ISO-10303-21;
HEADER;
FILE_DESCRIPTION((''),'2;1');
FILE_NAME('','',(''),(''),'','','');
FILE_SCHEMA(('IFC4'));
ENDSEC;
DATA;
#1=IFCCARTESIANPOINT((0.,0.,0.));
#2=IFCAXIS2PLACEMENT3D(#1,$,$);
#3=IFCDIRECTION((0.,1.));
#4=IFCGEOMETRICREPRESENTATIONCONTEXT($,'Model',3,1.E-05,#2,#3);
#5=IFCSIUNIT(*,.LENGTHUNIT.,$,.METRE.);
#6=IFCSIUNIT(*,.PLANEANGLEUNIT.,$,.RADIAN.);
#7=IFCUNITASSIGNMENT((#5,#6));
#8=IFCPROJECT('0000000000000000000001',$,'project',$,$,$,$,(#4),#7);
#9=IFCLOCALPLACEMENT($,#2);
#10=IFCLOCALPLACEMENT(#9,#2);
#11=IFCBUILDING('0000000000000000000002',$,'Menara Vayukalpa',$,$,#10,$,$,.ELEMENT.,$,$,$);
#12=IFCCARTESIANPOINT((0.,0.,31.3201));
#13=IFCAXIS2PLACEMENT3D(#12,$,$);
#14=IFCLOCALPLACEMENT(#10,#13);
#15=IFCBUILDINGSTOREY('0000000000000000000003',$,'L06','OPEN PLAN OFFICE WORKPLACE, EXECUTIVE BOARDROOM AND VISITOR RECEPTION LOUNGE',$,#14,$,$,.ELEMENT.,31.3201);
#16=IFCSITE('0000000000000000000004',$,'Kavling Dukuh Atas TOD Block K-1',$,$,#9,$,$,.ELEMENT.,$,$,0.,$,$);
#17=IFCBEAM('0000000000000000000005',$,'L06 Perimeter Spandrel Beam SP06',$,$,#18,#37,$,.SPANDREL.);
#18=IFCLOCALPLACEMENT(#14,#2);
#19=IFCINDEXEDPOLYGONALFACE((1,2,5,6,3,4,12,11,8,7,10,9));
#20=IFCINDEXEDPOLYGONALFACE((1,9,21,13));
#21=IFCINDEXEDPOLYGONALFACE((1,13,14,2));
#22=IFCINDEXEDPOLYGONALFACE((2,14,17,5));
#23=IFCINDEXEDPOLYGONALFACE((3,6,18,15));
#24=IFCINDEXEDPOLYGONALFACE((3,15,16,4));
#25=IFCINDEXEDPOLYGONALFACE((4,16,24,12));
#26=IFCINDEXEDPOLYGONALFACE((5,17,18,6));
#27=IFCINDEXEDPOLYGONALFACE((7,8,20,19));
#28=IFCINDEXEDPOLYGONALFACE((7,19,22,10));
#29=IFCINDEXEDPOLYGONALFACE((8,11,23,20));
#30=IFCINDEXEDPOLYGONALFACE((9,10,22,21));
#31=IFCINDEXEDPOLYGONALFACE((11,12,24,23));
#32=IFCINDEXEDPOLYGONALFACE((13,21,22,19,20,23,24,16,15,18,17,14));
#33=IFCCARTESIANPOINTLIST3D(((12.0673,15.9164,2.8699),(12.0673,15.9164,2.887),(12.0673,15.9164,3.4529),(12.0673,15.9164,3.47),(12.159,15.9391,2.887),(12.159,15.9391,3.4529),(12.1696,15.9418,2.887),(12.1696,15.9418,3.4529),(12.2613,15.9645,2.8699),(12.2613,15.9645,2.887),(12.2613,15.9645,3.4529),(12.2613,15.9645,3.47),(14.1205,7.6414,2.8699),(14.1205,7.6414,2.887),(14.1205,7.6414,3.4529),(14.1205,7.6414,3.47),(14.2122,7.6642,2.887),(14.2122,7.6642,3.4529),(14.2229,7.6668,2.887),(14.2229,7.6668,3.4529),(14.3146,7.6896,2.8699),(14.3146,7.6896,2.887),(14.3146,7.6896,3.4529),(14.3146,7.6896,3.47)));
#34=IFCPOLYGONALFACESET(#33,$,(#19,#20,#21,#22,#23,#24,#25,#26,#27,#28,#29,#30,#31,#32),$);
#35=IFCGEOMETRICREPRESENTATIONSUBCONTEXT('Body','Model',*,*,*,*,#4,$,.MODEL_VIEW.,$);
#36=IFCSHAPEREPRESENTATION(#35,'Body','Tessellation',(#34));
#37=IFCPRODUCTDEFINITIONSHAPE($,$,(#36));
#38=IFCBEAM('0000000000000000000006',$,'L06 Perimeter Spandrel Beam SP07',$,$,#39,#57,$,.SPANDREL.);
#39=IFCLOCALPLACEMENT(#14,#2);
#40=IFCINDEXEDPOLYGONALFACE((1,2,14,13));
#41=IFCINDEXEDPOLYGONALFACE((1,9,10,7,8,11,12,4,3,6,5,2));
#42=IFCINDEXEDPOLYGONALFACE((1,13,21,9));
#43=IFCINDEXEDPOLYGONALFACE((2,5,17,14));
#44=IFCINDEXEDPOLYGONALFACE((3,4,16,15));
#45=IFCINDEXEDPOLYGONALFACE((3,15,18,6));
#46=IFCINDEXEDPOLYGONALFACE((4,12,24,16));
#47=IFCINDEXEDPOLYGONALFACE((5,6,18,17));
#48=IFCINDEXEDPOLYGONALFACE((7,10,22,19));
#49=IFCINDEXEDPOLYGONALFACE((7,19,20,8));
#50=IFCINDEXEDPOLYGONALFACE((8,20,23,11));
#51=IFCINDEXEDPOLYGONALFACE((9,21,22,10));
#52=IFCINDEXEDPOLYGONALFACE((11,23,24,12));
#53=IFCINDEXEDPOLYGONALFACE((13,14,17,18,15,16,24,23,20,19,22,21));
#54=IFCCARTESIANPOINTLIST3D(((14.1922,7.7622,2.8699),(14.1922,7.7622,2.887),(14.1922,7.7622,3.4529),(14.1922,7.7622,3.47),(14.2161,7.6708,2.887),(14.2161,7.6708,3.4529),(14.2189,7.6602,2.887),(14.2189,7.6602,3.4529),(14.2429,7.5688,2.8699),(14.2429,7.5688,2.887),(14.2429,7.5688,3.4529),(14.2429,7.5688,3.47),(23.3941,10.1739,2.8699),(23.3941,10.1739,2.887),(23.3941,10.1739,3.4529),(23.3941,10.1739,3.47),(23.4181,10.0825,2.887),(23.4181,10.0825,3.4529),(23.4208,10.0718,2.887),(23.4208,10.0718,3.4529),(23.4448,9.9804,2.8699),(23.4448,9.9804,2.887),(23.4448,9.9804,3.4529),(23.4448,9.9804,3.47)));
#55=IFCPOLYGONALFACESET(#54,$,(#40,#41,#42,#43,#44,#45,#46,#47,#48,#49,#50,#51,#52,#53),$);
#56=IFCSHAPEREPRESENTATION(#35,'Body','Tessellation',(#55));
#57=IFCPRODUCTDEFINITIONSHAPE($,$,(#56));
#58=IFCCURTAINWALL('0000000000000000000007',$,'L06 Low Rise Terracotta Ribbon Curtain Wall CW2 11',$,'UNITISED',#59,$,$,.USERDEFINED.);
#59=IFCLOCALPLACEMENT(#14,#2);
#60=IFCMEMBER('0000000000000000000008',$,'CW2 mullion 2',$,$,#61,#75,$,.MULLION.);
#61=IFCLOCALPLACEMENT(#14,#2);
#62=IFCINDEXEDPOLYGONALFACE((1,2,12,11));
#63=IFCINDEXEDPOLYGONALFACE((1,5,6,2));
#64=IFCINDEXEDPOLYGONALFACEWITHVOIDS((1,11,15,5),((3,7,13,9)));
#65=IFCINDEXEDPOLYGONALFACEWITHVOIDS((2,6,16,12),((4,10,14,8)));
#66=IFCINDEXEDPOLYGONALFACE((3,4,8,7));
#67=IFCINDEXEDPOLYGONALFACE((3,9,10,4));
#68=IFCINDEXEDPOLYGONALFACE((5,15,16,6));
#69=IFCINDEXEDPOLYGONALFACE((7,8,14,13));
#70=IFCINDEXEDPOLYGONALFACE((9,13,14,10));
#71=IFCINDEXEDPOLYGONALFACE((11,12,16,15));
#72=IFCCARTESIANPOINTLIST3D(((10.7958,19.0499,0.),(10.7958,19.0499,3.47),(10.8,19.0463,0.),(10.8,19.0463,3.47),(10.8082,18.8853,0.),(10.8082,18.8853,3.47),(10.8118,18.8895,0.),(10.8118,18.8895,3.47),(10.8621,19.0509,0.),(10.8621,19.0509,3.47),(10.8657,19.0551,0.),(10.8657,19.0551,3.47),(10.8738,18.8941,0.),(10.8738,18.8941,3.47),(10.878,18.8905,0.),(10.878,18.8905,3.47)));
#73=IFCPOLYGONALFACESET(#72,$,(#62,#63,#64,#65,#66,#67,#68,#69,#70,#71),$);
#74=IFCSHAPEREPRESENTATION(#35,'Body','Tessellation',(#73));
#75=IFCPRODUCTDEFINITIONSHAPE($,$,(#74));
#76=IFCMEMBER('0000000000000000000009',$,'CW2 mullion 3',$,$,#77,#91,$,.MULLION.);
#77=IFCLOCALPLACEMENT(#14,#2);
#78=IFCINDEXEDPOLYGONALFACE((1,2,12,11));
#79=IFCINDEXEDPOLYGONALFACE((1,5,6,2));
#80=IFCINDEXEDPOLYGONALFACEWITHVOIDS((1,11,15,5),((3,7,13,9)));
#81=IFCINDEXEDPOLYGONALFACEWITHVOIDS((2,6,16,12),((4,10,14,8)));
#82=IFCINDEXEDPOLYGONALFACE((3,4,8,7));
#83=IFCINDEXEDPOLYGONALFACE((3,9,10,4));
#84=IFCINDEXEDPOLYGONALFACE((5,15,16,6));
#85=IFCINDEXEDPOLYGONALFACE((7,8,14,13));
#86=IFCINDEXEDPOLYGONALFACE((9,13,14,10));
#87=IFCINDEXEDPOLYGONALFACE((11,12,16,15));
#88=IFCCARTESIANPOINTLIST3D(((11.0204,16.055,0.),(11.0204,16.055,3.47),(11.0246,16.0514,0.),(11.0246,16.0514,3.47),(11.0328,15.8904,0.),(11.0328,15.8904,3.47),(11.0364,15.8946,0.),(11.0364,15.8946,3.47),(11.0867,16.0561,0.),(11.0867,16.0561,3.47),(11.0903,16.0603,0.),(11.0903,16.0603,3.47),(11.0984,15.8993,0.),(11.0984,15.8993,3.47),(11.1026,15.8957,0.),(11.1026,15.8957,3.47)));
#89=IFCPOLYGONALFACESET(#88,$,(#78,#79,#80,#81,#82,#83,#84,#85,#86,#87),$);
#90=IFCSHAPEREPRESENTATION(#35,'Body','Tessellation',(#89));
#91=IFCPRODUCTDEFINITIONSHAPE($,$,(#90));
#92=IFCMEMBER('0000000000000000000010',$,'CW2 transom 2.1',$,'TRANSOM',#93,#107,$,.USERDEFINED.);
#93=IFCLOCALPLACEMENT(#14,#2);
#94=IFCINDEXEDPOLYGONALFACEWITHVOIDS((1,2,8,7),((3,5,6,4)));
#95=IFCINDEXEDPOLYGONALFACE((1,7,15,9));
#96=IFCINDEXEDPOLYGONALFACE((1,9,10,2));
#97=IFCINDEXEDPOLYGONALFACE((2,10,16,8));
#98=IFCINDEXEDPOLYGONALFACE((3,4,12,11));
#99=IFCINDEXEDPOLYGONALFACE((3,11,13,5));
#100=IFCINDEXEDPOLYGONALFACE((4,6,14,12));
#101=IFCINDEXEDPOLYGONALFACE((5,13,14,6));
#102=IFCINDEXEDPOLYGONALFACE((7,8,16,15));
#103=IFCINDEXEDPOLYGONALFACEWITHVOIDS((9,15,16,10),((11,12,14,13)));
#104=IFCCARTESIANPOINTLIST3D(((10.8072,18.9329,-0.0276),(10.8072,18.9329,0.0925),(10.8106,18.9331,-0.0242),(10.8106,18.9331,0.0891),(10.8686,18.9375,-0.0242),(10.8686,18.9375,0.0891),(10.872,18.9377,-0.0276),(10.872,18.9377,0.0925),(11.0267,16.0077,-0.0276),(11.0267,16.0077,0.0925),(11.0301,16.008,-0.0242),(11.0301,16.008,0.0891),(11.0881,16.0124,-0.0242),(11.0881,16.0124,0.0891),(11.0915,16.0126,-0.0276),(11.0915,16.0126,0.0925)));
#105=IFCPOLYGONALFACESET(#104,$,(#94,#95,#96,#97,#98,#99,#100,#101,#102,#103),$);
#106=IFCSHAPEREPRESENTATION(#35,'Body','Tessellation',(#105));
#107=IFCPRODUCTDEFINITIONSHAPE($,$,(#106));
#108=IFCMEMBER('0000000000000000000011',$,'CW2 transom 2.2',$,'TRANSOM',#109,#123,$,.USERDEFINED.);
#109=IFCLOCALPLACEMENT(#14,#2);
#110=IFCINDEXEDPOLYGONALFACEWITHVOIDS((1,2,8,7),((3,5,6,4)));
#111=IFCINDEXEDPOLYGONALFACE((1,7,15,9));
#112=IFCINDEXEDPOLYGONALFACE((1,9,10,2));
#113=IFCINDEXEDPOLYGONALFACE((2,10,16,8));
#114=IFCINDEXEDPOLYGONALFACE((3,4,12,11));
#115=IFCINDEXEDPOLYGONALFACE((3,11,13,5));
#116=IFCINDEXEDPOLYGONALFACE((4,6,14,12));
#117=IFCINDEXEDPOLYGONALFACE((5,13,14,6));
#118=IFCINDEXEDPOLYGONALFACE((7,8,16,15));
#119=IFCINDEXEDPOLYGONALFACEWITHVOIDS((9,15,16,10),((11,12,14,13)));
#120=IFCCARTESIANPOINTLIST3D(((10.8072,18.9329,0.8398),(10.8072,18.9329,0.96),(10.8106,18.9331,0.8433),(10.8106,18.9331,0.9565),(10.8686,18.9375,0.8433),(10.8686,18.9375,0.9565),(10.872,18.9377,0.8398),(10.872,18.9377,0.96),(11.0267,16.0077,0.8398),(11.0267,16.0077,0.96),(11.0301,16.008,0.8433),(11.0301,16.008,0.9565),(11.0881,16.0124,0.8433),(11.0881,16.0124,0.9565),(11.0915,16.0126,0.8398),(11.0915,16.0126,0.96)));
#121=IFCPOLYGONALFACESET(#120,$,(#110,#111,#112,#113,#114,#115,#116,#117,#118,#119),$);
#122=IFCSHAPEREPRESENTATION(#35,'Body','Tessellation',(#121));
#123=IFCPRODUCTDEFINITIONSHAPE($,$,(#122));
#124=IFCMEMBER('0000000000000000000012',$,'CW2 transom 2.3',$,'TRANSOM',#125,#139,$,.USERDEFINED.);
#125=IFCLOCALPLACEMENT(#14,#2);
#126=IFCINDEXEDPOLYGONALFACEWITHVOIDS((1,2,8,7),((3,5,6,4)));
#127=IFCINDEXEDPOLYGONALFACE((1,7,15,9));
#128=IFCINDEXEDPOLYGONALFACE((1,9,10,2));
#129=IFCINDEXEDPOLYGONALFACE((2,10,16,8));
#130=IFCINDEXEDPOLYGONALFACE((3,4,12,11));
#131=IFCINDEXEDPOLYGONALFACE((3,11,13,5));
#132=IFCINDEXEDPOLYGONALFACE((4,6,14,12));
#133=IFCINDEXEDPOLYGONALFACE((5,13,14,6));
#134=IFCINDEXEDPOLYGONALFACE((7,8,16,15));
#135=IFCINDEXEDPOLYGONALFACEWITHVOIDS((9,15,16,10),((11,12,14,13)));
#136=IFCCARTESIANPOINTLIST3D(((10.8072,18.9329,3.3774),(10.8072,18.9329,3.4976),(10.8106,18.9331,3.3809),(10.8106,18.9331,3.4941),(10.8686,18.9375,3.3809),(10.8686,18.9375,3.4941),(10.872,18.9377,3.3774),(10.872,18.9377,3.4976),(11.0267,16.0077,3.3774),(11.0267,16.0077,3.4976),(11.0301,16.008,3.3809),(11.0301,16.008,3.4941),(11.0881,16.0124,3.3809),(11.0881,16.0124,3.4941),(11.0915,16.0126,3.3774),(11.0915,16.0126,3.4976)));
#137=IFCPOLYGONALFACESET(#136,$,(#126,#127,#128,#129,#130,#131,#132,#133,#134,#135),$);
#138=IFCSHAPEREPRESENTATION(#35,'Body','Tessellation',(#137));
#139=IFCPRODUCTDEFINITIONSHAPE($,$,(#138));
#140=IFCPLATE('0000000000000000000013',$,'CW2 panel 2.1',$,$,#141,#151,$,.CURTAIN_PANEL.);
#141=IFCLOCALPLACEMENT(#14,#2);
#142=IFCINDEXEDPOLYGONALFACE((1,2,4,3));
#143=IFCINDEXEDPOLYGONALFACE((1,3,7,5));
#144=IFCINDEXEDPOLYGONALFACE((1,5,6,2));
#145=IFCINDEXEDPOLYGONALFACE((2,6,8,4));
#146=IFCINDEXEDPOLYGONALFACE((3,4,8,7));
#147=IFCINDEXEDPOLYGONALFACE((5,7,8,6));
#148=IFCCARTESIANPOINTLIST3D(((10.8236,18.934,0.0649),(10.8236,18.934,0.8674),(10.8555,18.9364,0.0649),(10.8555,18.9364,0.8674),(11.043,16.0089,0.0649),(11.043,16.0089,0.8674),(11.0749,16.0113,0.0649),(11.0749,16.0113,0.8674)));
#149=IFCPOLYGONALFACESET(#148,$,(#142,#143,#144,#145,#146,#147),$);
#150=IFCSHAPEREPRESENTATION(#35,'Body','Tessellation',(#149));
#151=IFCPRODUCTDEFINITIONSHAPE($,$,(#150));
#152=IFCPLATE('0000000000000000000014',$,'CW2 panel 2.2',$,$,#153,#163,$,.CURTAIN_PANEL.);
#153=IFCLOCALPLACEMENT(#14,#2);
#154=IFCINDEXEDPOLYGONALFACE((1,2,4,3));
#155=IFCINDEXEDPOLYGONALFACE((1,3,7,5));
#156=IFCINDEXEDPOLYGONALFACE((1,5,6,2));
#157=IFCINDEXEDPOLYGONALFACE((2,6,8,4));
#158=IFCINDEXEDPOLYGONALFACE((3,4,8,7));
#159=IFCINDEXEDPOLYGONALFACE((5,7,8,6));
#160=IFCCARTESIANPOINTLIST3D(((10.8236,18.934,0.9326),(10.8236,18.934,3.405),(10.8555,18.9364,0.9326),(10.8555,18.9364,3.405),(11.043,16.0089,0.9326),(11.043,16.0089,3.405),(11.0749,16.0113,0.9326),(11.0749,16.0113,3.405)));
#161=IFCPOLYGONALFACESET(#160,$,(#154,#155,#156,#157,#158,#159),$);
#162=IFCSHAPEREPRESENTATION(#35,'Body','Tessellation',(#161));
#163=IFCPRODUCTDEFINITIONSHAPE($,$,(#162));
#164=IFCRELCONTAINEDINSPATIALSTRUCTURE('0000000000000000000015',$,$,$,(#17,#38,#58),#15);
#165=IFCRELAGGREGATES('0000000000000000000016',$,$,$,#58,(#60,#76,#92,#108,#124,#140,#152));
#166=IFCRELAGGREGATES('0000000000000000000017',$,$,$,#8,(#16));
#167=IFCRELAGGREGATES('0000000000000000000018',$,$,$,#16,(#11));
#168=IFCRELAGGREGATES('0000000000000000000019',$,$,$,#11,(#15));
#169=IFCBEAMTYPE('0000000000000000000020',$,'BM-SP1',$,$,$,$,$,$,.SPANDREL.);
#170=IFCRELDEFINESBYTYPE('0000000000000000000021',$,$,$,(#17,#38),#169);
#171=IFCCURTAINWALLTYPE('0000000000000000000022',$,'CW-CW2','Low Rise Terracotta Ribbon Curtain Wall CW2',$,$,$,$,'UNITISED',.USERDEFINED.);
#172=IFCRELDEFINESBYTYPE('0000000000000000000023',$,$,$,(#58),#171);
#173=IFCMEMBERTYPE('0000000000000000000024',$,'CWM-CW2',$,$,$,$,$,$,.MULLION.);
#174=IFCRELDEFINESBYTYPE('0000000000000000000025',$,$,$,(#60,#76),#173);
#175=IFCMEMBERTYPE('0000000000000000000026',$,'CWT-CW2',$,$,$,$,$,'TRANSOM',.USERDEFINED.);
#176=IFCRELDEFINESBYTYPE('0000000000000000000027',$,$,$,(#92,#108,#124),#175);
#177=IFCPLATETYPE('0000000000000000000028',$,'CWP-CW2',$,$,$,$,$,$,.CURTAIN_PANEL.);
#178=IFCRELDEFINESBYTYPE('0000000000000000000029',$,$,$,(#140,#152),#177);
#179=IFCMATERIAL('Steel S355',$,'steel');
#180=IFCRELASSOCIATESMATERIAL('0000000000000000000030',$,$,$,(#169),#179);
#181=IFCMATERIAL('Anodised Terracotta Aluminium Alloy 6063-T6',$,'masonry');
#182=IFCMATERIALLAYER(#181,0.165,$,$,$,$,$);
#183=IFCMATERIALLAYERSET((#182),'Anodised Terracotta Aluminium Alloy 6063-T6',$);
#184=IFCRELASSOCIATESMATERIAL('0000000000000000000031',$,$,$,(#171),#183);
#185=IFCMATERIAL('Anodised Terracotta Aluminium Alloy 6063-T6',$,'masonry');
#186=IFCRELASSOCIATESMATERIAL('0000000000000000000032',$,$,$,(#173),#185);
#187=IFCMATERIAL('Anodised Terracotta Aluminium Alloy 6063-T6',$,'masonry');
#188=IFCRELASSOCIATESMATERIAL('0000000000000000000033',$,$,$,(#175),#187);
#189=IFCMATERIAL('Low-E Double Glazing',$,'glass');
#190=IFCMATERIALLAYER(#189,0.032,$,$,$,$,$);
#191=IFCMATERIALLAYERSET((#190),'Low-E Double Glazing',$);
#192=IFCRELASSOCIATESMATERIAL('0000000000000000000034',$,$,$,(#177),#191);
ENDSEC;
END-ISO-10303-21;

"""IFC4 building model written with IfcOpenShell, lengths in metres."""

from ifc_helpers import new_model, si_unit, direction, frame, origin, origin_2d, place, context, subcontext, project, spatial, rectangle, hollow_rectangle, i_section, extrude, material, layer, layer_set, material_profile, profile_set, type_object, element, aggregate, save


model = new_model("IFC4")

# Units and contexts
model_context = context("Model", 3, precision=1e-05, world=origin(), true_north=direction((0.0, 1.0)))
body_context = subcontext(model_context, "Body", "Model", "MODEL_VIEW")
ifc_project = project(units=[si_unit("LENGTHUNIT", "METRE"), si_unit("PLANEANGLEUNIT", "RADIAN")], contexts=[model_context])

# Site, building, storey
site_placement = place(None, origin())
site = spatial("IfcSite", under=ifc_project, at=site_placement, Name="Kavling Dukuh Atas TOD Block K-1", CompositionType="ELEMENT", RefElevation=0.0)
building_placement = place(site_placement, origin())
building = spatial("IfcBuilding", under=site, at=building_placement, Name="Menara Vayukalpa", CompositionType="ELEMENT")
storey_placement = place(building_placement, frame((0.0, 0.0, 31.3201)))
storey = spatial("IfcBuildingStorey", under=building, at=storey_placement, Name="L06", Description="OPEN PLAN OFFICE WORKPLACE, EXECUTIVE BOARDROOM AND VISITOR RECEPTION LOUNGE", CompositionType="ELEMENT", Elevation=31.3201)

# Beams
ifc_material_1 = material(Name="Steel S355", Category="steel")
ifc_material_profile_1 = material_profile(ifc_material_1, i_section(OverallWidth=0.2, OverallDepth=0.6001, WebThickness=0.011, FlangeThickness=0.0171, at=origin_2d()), Name="WF 600x200x11x17")
ifc_profile_set_1 = profile_set([ifc_material_profile_1], Name="Steel S355")
beam_type_1 = type_object("IfcBeamType", Name="BM-SP1", PredefinedType="SPANDREL", material=ifc_profile_set_1)
beam_1_placement = place(storey_placement, frame((12.1643, 15.9404, 3.1699), z_axis=(0.240824, -0.970569, 0.0), x_axis=(0.970569, 0.240824, 0.0)))
element("IfcBeam", 1, at=beam_1_placement, inside=storey, type_object=beam_type_1, Name="L06 Perimeter Spandrel Beam SP06", PredefinedType="SPANDREL", context=body_context, shape_type="SweptSolid", body=[
    extrude(i_section(OverallWidth=0.2, OverallDepth=0.6001, WebThickness=0.011, FlangeThickness=0.0171, at=origin_2d()), origin(), (0.0, 0.0, 1.0), 8.5259),
])
beam_2_placement = place(storey_placement, frame((14.2175, 7.6655, 3.1699), z_axis=(0.967331, 0.253517, 0.0), x_axis=(-0.253517, 0.967331, 0.0)))
element("IfcBeam", 2, at=beam_2_placement, inside=storey, type_object=beam_type_1, Name="L06 Perimeter Spandrel Beam SP07", PredefinedType="SPANDREL", context=body_context, shape_type="SweptSolid", body=[
    extrude(i_section(OverallWidth=0.2, OverallDepth=0.6001, WebThickness=0.011, FlangeThickness=0.0171, at=origin_2d()), origin(), (0.0, 0.0, 1.0), 9.5127),
])

# Curtain wall, members, plates
ifc_material_2 = material(Name="Anodised Terracotta Aluminium Alloy 6063-T6", Category="masonry")
ifc_layer_1 = layer(ifc_material_2, 0.165)
ifc_layer_set_1 = layer_set([ifc_layer_1], Name="Anodised Terracotta Aluminium Alloy 6063-T6")
curtain_wall_type = type_object("IfcCurtainWallType", Name="CW-CW2", Description="Low Rise Terracotta Ribbon Curtain Wall CW2", ElementType="UNITISED", PredefinedType="USERDEFINED", material=ifc_layer_set_1)
curtain_wall_placement = place(storey_placement, origin())
curtain_wall = element("IfcCurtainWall", 3, at=curtain_wall_placement, inside=storey, type_object=curtain_wall_type, Name="L06 Low Rise Terracotta Ribbon Curtain Wall CW2 11", ObjectType="UNITISED", PredefinedType="USERDEFINED")
ifc_material_3 = material(Name="Anodised Terracotta Aluminium Alloy 6063-T6", Category="masonry")
ifc_material_profile_2 = material_profile(ifc_material_3, hollow_rectangle(XDim=0.0701, YDim=0.165, WallThickness=0.0039, at=origin_2d()), Name="ALU 70x165x4")
ifc_profile_set_2 = profile_set([ifc_material_profile_2], Name="Anodised Terracotta Aluminium Alloy 6063-T6")
member_type_1 = type_object("IfcMemberType", Name="CWM-CW2", PredefinedType="MULLION", material=ifc_profile_set_2)
member_1_placement = place(storey_placement, frame((10.8369, 18.9702, 0.0), z_axis=(0.0, 0.0, 1.0), x_axis=(0.997199, 0.074795, 0.0)))
member_1 = element("IfcMember", 4, at=member_1_placement, type_object=member_type_1, Name="CW2 mullion 2", PredefinedType="MULLION", context=body_context, shape_type="SweptSolid", body=[
    extrude(hollow_rectangle(XDim=0.0701, YDim=0.165, WallThickness=0.0039, at=origin_2d()), origin(), (0.0, 0.0, 1.0), 3.47),
])
member_2_placement = place(storey_placement, frame((11.0615, 15.9753, 0.0), z_axis=(0.0, 0.0, 1.0), x_axis=(0.997199, 0.074795, 0.0)))
member_2 = element("IfcMember", 5, at=member_2_placement, type_object=member_type_1, Name="CW2 mullion 3", PredefinedType="MULLION", context=body_context, shape_type="SweptSolid", body=[
    extrude(hollow_rectangle(XDim=0.0701, YDim=0.165, WallThickness=0.0039, at=origin_2d()), origin(), (0.0, 0.0, 1.0), 3.47),
])
ifc_material_4 = material(Name="Anodised Terracotta Aluminium Alloy 6063-T6", Category="masonry")
ifc_material_profile_3 = material_profile(ifc_material_4, hollow_rectangle(XDim=0.0649, YDim=0.1201, WallThickness=0.0034, at=origin_2d()), Name="ALU 65x120x3.5")
ifc_profile_set_3 = profile_set([ifc_material_profile_3], Name="Anodised Terracotta Aluminium Alloy 6063-T6")
member_type_2 = type_object("IfcMemberType", Name="CWT-CW2", ElementType="TRANSOM", PredefinedType="USERDEFINED", material=ifc_profile_set_3)
member_3_placement = place(storey_placement, frame((10.8396, 18.9353, 0.0325), z_axis=(0.074825, -0.997197, 0.0), x_axis=(0.997197, 0.074825, 0.0)))
member_3 = element("IfcMember", 6, at=member_3_placement, type_object=member_type_2, Name="CW2 transom 2.1", ObjectType="TRANSOM", PredefinedType="USERDEFINED", context=body_context, shape_type="SweptSolid", body=[
    extrude(hollow_rectangle(XDim=0.0649, YDim=0.1201, WallThickness=0.0034, at=origin_2d()), origin(), (0.0, 0.0, 1.0), 2.9333),
])
member_4_placement = place(storey_placement, frame((10.8396, 18.9353, 0.8999), z_axis=(0.074825, -0.997197, 0.0), x_axis=(0.997197, 0.074825, 0.0)))
member_4 = element("IfcMember", 7, at=member_4_placement, type_object=member_type_2, Name="CW2 transom 2.2", ObjectType="TRANSOM", PredefinedType="USERDEFINED", context=body_context, shape_type="SweptSolid", body=[
    extrude(hollow_rectangle(XDim=0.0649, YDim=0.1201, WallThickness=0.0034, at=origin_2d()), origin(), (0.0, 0.0, 1.0), 2.9333),
])
member_5_placement = place(storey_placement, frame((10.8396, 18.9353, 3.4375), z_axis=(0.074825, -0.997197, 0.0), x_axis=(0.997197, 0.074825, 0.0)))
member_5 = element("IfcMember", 8, at=member_5_placement, type_object=member_type_2, Name="CW2 transom 2.3", ObjectType="TRANSOM", PredefinedType="USERDEFINED", context=body_context, shape_type="SweptSolid", body=[
    extrude(hollow_rectangle(XDim=0.0649, YDim=0.1201, WallThickness=0.0034, at=origin_2d()), origin(), (0.0, 0.0, 1.0), 2.9333),
])
ifc_material_5 = material(Name="Low-E Double Glazing", Category="glass")
ifc_layer_2 = layer(ifc_material_5, 0.032)
ifc_layer_set_2 = layer_set([ifc_layer_2], Name="Low-E Double Glazing")
plate_type = type_object("IfcPlateType", Name="CWP-CW2", PredefinedType="CURTAIN_PANEL", material=ifc_layer_set_2)
plate_1_placement = place(storey_placement, frame((10.9492, 17.4727, 0.0649), z_axis=(0.0, 0.0, 1.0), x_axis=(0.074795, -0.997199, 0.0)))
plate_1 = element("IfcPlate", 9, at=plate_1_placement, type_object=plate_type, Name="CW2 panel 2.1", PredefinedType="CURTAIN_PANEL", context=body_context, shape_type="SweptSolid", body=[
    extrude(rectangle(XDim=2.9333, YDim=0.032, at=origin_2d()), origin(), (0.0, 0.0, 1.0), 0.8025),
])
plate_2_placement = place(storey_placement, frame((10.9492, 17.4727, 0.9326), z_axis=(0.0, 0.0, 1.0), x_axis=(0.074795, -0.997199, 0.0)))
plate_2 = element("IfcPlate", 10, at=plate_2_placement, type_object=plate_type, Name="CW2 panel 2.2", PredefinedType="CURTAIN_PANEL", context=body_context, shape_type="SweptSolid", body=[
    extrude(rectangle(XDim=2.9333, YDim=0.032, at=origin_2d()), origin(), (0.0, 0.0, 1.0), 2.4724),
])
aggregate(curtain_wall, [member_1, member_2, member_3, member_4, member_5, plate_1, plate_2])

save(model, "model.ifc")
